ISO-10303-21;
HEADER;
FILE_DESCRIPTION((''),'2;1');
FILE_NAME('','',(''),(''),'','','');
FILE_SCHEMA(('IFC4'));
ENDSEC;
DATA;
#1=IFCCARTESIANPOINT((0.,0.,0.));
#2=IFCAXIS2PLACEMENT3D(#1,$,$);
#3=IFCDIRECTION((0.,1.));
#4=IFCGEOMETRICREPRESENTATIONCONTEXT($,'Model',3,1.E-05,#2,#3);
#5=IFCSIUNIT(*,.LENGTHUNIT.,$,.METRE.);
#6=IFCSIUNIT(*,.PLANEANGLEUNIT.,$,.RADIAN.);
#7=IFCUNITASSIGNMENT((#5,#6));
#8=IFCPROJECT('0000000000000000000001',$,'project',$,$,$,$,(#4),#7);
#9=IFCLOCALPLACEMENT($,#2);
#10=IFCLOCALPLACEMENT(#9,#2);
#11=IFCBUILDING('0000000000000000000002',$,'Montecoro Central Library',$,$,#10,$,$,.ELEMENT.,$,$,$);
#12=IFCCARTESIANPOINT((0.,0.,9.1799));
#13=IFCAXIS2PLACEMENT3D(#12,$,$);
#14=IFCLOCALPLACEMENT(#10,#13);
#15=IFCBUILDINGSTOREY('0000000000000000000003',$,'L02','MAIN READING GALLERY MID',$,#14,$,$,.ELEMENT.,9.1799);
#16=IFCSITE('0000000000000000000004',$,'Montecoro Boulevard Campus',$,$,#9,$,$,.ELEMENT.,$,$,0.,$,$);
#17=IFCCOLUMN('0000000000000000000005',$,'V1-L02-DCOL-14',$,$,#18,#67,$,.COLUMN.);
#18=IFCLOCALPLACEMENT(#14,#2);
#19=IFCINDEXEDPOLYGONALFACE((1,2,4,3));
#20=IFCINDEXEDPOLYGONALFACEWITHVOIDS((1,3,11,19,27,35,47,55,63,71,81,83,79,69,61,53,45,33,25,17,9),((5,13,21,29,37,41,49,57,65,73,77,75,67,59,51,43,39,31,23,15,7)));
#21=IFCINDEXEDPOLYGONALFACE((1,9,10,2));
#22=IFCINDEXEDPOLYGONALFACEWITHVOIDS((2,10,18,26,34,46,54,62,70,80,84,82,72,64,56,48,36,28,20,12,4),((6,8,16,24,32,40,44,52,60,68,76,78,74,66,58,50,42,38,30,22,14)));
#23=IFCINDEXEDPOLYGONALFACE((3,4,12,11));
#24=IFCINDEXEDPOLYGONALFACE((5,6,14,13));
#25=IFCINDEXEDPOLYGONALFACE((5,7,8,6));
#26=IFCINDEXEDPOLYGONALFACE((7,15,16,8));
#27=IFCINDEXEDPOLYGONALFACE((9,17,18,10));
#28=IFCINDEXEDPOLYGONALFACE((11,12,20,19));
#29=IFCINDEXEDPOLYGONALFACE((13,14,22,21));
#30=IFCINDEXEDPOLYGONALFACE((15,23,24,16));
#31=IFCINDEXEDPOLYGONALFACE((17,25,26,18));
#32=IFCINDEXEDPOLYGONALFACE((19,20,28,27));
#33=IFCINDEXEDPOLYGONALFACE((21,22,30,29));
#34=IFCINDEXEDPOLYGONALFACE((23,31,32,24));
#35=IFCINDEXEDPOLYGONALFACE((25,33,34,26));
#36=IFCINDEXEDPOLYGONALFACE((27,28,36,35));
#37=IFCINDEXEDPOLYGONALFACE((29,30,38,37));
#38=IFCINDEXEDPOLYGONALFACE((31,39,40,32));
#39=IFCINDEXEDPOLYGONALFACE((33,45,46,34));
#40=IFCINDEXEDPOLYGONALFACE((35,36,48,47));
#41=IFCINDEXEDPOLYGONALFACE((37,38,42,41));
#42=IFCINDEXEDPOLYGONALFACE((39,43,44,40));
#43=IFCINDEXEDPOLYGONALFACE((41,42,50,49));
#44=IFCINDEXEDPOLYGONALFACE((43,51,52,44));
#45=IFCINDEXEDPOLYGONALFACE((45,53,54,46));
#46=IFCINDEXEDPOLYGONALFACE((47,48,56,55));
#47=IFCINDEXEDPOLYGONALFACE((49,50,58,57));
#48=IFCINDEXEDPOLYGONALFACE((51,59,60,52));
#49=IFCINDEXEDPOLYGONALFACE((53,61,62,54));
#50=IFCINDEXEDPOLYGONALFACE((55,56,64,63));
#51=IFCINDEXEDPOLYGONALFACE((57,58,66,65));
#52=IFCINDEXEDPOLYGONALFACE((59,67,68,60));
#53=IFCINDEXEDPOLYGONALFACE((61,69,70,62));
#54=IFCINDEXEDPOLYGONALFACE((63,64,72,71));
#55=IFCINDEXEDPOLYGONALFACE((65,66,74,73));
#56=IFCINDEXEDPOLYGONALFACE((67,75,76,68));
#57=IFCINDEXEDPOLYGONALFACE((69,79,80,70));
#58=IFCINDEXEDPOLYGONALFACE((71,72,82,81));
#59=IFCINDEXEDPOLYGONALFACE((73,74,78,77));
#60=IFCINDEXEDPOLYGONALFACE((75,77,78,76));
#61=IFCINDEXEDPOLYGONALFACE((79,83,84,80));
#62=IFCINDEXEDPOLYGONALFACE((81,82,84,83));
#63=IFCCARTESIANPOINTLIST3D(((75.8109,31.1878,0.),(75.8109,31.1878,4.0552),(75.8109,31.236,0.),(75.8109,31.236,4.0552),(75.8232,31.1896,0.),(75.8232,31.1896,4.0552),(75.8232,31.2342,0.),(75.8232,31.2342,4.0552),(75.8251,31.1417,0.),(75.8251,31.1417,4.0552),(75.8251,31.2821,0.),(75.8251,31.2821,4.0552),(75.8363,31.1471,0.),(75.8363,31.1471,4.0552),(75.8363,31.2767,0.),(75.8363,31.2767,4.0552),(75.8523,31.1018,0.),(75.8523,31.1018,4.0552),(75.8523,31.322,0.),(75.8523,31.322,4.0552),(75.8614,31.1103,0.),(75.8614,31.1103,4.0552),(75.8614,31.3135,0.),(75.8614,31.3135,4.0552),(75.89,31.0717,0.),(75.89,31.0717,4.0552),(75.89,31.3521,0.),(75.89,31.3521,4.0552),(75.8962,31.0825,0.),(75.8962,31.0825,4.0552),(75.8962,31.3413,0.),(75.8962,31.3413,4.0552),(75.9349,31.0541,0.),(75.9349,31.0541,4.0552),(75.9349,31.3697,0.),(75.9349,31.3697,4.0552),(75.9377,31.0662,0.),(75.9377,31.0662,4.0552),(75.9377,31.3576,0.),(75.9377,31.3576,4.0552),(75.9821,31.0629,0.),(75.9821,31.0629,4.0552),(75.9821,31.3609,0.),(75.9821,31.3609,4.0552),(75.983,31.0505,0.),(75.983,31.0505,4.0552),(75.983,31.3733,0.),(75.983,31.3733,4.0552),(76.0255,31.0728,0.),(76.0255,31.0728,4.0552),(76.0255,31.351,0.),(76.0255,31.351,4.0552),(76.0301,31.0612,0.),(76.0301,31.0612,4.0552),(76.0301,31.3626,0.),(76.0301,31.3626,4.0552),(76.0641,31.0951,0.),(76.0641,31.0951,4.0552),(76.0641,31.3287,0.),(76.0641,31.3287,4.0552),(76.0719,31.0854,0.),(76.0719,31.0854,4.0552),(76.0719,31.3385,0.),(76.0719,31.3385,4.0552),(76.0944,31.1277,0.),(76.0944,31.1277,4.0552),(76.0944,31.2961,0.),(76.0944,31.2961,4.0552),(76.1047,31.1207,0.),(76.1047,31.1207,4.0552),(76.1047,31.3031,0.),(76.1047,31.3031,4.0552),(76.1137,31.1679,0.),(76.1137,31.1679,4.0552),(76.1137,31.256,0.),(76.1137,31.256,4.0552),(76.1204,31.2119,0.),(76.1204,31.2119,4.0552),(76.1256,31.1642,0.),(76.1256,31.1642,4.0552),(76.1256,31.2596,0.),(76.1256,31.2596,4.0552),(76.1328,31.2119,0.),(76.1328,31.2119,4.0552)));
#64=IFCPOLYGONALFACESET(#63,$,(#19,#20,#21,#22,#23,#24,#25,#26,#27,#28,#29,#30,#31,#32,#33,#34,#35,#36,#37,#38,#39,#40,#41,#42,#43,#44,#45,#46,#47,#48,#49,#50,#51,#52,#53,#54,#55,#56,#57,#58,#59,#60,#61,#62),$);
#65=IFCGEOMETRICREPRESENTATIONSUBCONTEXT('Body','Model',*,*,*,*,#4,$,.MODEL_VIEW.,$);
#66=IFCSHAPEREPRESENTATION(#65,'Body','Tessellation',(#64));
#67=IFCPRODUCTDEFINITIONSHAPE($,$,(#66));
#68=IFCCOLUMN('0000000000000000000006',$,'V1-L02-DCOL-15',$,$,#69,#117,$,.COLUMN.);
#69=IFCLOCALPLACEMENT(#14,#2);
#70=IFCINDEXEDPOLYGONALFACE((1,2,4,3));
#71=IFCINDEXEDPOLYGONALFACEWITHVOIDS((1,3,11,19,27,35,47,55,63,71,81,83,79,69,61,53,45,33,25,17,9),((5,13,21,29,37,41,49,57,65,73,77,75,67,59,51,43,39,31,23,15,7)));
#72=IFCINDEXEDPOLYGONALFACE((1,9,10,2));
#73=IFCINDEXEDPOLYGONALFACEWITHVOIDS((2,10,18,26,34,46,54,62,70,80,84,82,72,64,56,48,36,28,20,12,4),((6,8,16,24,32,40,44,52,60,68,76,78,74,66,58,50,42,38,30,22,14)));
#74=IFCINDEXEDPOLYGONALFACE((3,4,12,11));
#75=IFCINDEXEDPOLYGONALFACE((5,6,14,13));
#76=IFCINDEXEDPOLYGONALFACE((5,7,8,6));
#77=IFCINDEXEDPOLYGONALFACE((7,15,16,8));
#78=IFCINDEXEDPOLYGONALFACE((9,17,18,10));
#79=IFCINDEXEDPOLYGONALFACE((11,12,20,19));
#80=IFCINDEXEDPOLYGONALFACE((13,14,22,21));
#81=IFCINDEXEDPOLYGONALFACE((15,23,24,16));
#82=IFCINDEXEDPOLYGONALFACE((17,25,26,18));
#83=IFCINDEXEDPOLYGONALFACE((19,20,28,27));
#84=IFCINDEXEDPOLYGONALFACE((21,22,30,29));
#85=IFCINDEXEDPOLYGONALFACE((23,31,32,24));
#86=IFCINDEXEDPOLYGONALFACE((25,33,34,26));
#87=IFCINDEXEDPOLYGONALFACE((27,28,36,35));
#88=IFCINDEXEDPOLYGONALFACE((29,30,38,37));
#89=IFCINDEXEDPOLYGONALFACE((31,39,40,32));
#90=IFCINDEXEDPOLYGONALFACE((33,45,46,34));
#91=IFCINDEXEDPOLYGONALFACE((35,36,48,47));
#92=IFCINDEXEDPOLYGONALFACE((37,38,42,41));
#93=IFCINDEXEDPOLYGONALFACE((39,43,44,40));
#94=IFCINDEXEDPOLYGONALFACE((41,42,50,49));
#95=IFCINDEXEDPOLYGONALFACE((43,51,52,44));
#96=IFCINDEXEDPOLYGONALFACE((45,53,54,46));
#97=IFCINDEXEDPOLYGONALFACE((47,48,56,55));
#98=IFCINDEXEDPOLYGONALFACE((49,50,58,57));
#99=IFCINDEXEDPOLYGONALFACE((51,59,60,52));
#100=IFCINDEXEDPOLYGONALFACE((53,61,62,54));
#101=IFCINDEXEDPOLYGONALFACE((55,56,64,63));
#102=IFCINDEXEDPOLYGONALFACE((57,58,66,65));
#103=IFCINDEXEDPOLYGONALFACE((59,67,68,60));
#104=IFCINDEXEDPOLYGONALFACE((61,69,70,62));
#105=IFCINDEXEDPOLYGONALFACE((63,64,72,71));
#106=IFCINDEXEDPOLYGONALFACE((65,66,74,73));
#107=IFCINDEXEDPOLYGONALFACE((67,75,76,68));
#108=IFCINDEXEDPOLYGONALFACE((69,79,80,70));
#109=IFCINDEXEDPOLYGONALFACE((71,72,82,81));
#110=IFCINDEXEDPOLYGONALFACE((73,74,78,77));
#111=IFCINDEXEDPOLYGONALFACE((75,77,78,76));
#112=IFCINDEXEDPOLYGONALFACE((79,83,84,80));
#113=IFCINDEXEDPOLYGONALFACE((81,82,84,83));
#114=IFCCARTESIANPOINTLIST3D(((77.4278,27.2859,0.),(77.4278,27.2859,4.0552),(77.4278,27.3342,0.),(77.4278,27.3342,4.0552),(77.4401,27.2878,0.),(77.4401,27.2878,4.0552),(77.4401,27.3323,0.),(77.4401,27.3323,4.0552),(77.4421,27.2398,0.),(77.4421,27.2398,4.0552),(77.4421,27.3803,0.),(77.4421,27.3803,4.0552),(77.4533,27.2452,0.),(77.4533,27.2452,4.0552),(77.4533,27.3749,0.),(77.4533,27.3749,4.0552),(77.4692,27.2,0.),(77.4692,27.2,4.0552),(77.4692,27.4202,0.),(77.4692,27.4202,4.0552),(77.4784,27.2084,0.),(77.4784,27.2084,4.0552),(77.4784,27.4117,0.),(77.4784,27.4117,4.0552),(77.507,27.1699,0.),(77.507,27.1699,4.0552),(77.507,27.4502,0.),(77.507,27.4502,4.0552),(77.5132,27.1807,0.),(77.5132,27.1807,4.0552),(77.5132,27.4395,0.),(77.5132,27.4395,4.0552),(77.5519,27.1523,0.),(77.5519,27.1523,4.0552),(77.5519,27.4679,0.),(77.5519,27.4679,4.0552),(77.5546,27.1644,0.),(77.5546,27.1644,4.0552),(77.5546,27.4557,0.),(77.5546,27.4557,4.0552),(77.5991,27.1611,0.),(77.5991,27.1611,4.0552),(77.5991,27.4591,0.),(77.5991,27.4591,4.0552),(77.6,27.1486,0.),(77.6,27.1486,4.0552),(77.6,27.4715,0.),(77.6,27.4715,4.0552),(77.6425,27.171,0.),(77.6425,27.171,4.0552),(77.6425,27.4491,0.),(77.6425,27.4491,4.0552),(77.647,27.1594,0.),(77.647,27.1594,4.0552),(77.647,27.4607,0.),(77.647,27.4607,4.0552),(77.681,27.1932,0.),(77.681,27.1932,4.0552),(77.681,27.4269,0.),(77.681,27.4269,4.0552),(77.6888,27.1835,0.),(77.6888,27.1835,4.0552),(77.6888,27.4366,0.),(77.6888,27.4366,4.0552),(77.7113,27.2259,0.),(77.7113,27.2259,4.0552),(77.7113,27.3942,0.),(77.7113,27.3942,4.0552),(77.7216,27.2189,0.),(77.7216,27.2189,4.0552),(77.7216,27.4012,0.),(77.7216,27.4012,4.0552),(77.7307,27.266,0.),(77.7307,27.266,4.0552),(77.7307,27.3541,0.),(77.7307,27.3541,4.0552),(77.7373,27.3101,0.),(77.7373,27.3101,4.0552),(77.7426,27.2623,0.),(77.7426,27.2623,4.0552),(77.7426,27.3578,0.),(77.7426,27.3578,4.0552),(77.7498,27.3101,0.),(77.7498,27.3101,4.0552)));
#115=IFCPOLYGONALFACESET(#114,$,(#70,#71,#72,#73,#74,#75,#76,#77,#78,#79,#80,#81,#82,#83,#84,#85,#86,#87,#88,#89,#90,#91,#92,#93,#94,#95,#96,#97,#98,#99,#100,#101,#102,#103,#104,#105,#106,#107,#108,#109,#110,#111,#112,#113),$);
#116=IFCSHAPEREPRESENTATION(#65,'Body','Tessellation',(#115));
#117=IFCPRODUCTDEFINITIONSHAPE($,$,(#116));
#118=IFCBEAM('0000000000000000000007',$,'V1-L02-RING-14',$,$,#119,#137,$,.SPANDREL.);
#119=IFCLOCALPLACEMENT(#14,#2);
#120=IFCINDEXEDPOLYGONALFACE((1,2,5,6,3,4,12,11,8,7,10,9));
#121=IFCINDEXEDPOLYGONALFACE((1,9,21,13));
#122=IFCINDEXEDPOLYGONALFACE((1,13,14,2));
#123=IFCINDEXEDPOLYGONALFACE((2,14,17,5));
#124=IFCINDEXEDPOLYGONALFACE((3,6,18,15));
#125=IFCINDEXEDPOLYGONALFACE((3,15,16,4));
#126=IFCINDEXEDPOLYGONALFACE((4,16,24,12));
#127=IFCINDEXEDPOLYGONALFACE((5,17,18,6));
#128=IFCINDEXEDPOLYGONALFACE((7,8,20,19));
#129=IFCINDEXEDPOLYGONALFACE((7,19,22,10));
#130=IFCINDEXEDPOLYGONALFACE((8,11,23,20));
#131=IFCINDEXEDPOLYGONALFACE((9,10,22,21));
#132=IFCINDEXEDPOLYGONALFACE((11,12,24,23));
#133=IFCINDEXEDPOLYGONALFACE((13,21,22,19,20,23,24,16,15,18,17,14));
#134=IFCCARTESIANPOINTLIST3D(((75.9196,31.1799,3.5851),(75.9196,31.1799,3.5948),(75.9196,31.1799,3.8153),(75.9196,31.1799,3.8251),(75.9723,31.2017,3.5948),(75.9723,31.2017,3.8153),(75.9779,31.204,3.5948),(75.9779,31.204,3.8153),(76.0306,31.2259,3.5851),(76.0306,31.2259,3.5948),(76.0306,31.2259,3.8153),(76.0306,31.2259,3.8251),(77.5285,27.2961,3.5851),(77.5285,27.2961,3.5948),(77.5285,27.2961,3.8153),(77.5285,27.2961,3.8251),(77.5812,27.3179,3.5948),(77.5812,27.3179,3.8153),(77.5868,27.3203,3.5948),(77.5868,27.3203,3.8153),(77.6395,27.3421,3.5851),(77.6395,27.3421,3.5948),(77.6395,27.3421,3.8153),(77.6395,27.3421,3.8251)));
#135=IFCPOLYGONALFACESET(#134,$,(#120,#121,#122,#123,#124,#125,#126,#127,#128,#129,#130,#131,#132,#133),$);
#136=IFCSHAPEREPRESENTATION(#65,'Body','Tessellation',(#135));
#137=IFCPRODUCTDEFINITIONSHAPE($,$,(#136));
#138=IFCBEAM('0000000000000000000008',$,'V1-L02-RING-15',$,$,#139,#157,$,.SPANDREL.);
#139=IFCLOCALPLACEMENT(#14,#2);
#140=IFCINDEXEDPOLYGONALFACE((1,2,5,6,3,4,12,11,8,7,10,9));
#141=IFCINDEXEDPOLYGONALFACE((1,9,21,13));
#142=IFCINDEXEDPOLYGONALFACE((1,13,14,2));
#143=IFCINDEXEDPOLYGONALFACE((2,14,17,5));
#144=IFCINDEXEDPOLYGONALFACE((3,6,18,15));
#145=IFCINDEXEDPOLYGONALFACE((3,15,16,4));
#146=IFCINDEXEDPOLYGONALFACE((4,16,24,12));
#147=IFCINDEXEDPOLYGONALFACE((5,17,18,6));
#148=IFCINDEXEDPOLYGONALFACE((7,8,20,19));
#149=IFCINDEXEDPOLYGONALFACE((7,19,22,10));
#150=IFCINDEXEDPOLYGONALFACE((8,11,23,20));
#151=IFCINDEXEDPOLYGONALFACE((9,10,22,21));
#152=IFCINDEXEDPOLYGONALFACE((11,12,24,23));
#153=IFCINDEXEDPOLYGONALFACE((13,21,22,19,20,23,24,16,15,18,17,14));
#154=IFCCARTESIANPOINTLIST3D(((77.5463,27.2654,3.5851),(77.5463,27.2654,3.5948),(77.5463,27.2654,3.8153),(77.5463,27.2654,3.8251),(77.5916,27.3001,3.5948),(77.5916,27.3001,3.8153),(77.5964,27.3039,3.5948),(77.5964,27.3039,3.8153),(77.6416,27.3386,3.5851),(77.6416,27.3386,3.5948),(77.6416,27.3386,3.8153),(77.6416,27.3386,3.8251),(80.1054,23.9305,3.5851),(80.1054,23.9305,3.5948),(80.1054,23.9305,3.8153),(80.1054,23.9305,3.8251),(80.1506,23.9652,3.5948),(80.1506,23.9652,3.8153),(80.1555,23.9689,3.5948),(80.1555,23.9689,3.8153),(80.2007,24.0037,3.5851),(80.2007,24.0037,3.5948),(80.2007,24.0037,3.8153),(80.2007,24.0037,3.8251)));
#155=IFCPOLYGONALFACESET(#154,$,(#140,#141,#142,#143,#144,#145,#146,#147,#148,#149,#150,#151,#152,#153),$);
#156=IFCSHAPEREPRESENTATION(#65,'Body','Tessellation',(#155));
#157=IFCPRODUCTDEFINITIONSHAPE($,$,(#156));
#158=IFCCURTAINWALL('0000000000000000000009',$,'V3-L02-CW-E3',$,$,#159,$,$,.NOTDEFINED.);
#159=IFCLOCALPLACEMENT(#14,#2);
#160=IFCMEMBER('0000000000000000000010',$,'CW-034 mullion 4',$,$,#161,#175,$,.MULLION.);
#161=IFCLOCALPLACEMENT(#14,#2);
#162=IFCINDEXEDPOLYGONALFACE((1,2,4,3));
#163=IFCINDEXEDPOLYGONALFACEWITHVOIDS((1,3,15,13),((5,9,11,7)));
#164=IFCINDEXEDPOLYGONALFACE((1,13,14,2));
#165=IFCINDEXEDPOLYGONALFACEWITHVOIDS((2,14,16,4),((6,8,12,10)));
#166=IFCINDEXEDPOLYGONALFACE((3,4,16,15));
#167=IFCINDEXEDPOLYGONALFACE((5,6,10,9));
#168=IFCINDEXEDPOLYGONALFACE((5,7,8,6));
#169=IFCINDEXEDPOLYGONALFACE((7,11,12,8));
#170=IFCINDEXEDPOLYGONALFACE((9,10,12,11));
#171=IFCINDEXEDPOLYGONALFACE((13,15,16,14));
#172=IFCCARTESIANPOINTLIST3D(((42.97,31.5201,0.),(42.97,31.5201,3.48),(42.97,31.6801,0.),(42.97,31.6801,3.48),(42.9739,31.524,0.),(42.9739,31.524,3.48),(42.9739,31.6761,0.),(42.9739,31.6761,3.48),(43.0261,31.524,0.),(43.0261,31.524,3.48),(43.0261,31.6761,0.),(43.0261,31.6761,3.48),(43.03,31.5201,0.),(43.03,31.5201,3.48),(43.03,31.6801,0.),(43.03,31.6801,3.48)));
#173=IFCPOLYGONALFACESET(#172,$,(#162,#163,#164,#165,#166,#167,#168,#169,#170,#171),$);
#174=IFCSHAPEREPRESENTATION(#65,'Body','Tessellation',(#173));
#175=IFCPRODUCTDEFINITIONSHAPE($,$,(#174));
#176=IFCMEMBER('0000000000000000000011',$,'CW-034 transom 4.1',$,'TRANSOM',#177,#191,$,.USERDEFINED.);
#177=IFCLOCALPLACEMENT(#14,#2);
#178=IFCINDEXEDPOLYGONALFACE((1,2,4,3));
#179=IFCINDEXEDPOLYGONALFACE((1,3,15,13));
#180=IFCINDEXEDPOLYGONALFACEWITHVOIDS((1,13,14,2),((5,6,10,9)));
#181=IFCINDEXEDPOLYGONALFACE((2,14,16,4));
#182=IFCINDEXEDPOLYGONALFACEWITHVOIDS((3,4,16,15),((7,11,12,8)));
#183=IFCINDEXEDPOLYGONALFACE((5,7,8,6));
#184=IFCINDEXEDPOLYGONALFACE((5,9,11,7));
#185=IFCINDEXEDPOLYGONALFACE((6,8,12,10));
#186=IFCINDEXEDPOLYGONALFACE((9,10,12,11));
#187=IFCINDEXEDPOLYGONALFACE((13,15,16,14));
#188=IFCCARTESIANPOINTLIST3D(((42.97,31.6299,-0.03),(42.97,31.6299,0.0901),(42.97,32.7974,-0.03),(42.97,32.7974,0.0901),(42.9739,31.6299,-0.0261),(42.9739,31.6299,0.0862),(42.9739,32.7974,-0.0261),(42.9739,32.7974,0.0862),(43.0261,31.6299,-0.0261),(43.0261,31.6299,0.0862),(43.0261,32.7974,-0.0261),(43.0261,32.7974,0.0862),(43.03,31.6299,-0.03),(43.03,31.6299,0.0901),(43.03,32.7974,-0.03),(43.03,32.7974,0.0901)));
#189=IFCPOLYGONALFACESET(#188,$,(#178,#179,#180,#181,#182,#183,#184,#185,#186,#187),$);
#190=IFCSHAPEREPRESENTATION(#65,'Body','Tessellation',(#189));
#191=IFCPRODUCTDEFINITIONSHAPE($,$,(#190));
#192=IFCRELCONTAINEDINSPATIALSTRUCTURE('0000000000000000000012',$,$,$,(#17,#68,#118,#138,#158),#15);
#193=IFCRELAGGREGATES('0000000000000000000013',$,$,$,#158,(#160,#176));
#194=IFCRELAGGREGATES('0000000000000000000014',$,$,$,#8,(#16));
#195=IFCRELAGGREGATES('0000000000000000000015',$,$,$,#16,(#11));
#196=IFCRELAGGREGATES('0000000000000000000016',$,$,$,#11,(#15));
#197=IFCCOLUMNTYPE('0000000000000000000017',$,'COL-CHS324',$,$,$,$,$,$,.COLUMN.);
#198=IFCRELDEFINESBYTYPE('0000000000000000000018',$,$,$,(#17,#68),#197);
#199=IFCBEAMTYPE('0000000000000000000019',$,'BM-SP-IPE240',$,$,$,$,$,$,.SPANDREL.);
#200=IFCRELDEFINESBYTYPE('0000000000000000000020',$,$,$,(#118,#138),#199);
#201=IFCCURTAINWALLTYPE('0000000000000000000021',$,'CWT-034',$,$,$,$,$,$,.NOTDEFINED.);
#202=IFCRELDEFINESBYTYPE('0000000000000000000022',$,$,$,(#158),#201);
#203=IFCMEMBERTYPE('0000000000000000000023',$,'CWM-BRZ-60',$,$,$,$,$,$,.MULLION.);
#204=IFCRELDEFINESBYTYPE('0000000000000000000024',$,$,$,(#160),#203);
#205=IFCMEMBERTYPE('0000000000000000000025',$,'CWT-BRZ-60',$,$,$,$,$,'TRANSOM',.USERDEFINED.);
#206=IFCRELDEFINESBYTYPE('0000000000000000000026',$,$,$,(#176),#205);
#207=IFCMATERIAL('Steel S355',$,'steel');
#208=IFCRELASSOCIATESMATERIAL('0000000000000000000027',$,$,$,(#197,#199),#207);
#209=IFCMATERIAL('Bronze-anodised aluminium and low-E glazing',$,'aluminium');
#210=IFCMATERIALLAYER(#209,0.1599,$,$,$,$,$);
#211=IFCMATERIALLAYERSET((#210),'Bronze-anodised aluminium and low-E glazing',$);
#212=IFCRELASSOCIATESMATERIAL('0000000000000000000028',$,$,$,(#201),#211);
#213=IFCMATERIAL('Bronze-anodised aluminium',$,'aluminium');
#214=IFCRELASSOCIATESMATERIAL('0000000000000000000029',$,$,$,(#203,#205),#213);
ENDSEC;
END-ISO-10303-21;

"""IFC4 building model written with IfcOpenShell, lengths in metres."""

from ifc_helpers import new_model, si_unit, direction, frame, origin, origin_2d, place, context, subcontext, project, spatial, hollow_rectangle, hollow_circle, i_section, extrude, material, layer, layer_set, material_profile, profile_set, type_object, element, aggregate, save


model = new_model("IFC4")

# Units and contexts
model_context = context("Model", 3, precision=1e-05, world=origin(), true_north=direction((0.0, 1.0)))
body_context = subcontext(model_context, "Body", "Model", "MODEL_VIEW")
ifc_project = project(units=[si_unit("LENGTHUNIT", "METRE"), si_unit("PLANEANGLEUNIT", "RADIAN")], contexts=[model_context])

# Site, building, storey
site_placement = place(None, origin())
site = spatial("IfcSite", under=ifc_project, at=site_placement, Name="Montecoro Boulevard Campus", CompositionType="ELEMENT", RefElevation=0.0)
building_placement = place(site_placement, origin())
building = spatial("IfcBuilding", under=site, at=building_placement, Name="Montecoro Central Library", CompositionType="ELEMENT")
storey_placement = place(building_placement, frame((0.0, 0.0, 9.1799)))
storey = spatial("IfcBuildingStorey", under=building, at=storey_placement, Name="L02", Description="MAIN READING GALLERY MID", CompositionType="ELEMENT", Elevation=9.1799)

# Columns
ifc_material_1 = material(Name="Steel S355", Category="steel")
ifc_material_profile_1 = material_profile(ifc_material_1, hollow_circle(Radius=0.1619, WallThickness=0.0125, at=origin_2d()), Name="CHS 323.9x12.5")
ifc_profile_set_1 = profile_set([ifc_material_profile_1], Name="Steel S355")
column_type = type_object("IfcColumnType", Name="COL-CHS324", PredefinedType="COLUMN", material=ifc_profile_set_1)
for number, where, z_axis, x_axis, name in (
    (1, (75.9709, 31.2119, 0.0), (0.0, 0.0, 1.0), (1.0, 0.0, 0.0), "V1-L02-DCOL-14"),
    (2, (77.5879, 27.3101, 0.0), (0.0, 0.0, 1.0), (1.0, 0.0, 0.0), "V1-L02-DCOL-15"),
):
    element("IfcColumn", number, at=place(storey_placement, frame(where, z_axis=z_axis, x_axis=x_axis)), inside=storey, type_object=column_type, Name=name, PredefinedType="COLUMN", context=body_context, shape_type="SweptSolid", body=[
        extrude(hollow_circle(Radius=0.1619, WallThickness=0.0125, at=origin_2d()), origin(), (0.0, 0.0, 1.0), 4.0552),
    ])

# Beams
ifc_material_profile_2 = material_profile(ifc_material_1, i_section(OverallWidth=0.1201, OverallDepth=0.24, WebThickness=0.0061, FlangeThickness=0.0098, at=origin_2d()), Name="IPE 240")
ifc_profile_set_2 = profile_set([ifc_material_profile_2], Name="Steel S355")
beam_type = type_object("IfcBeamType", Name="BM-SP-IPE240", PredefinedType="SPANDREL", material=ifc_profile_set_2)
beam_1_placement = place(storey_placement, frame((75.9751, 31.2029, 3.7051), z_axis=(0.382718, -0.923865, 0.0), x_axis=(0.923865, 0.382718, 0.0)))
element("IfcBeam", 3, at=beam_1_placement, inside=storey, type_object=beam_type, Name="V1-L02-RING-14", PredefinedType="SPANDREL", context=body_context, shape_type="SweptSolid", body=[
    extrude(i_section(OverallWidth=0.1201, OverallDepth=0.24, WebThickness=0.0061, FlangeThickness=0.0098, at=origin_2d()), origin(), (0.0, 0.0, 1.0), 4.2039),
])
beam_2_placement = place(storey_placement, frame((77.594, 27.302, 3.7051), z_axis=(0.608773, -0.793345, 0.0), x_axis=(0.793345, 0.608773, 0.0)))
element("IfcBeam", 4, at=beam_2_placement, inside=storey, type_object=beam_type, Name="V1-L02-RING-15", PredefinedType="SPANDREL", context=body_context, shape_type="SweptSolid", body=[
    extrude(i_section(OverallWidth=0.1201, OverallDepth=0.24, WebThickness=0.0061, FlangeThickness=0.0098, at=origin_2d()), origin(), (0.0, 0.0, 1.0), 4.2036),
])

# Curtain wall, members
ifc_material_2 = material(Name="Bronze-anodised aluminium and low-E glazing", Category="aluminium")
ifc_layer_1 = layer(ifc_material_2, 0.1599)
ifc_layer_set_1 = layer_set([ifc_layer_1], Name="Bronze-anodised aluminium and low-E glazing")
curtain_wall_type = type_object("IfcCurtainWallType", Name="CWT-034", PredefinedType="NOTDEFINED", material=ifc_layer_set_1)
curtain_wall_placement = place(storey_placement, origin())
curtain_wall = element("IfcCurtainWall", 5, at=curtain_wall_placement, inside=storey, type_object=curtain_wall_type, Name="V3-L02-CW-E3", PredefinedType="NOTDEFINED")
ifc_material_3 = material(Name="Bronze-anodised aluminium", Category="aluminium")
ifc_material_profile_3 = material_profile(ifc_material_3, hollow_rectangle(XDim=0.0601, YDim=0.1599, WallThickness=0.0039, at=origin_2d()), Name="CWM 160x60x4.0")
ifc_profile_set_3 = profile_set([ifc_material_profile_3], Name="Bronze-anodised aluminium")
member_type_1 = type_object("IfcMemberType", Name="CWM-BRZ-60", PredefinedType="MULLION", material=ifc_profile_set_3)
member_1_placement = place(storey_placement, frame((43.0, 31.6001, 0.0), z_axis=(0.0, 0.0, 1.0), x_axis=(-1.0, 0.0, 0.0)))
member_1 = element("IfcMember", 6, at=member_1_placement, type_object=member_type_1, Name="CW-034 mullion 4", PredefinedType="MULLION", context=body_context, shape_type="SweptSolid", body=[
    extrude(hollow_rectangle(XDim=0.0601, YDim=0.1599, WallThickness=0.0039, at=origin_2d()), origin(), (0.0, 0.0, 1.0), 3.48),
])
ifc_material_profile_4 = material_profile(ifc_material_3, hollow_rectangle(XDim=0.0601, YDim=0.1201, WallThickness=0.0039, at=origin_2d()), Name="CWT 120x60x4.0")
ifc_profile_set_4 = profile_set([ifc_material_profile_4], Name="Bronze-anodised aluminium")
member_type_2 = type_object("IfcMemberType", Name="CWT-BRZ-60", ElementType="TRANSOM", PredefinedType="USERDEFINED", material=ifc_profile_set_4)
member_2_placement = place(storey_placement, frame((43.0, 31.6299, 0.03), z_axis=(0.0, 1.0, 0.0), x_axis=(-1.0, 0.0, 0.0)))
member_2 = element("IfcMember", 7, at=member_2_placement, type_object=member_type_2, Name="CW-034 transom 4.1", ObjectType="TRANSOM", PredefinedType="USERDEFINED", context=body_context, shape_type="SweptSolid", body=[
    extrude(hollow_rectangle(XDim=0.0601, YDim=0.1201, WallThickness=0.0039, at=origin_2d()), origin(), (0.0, 0.0, 1.0), 1.1675),
])
aggregate(curtain_wall, [member_1, member_2])

save(model, "model.ifc")
